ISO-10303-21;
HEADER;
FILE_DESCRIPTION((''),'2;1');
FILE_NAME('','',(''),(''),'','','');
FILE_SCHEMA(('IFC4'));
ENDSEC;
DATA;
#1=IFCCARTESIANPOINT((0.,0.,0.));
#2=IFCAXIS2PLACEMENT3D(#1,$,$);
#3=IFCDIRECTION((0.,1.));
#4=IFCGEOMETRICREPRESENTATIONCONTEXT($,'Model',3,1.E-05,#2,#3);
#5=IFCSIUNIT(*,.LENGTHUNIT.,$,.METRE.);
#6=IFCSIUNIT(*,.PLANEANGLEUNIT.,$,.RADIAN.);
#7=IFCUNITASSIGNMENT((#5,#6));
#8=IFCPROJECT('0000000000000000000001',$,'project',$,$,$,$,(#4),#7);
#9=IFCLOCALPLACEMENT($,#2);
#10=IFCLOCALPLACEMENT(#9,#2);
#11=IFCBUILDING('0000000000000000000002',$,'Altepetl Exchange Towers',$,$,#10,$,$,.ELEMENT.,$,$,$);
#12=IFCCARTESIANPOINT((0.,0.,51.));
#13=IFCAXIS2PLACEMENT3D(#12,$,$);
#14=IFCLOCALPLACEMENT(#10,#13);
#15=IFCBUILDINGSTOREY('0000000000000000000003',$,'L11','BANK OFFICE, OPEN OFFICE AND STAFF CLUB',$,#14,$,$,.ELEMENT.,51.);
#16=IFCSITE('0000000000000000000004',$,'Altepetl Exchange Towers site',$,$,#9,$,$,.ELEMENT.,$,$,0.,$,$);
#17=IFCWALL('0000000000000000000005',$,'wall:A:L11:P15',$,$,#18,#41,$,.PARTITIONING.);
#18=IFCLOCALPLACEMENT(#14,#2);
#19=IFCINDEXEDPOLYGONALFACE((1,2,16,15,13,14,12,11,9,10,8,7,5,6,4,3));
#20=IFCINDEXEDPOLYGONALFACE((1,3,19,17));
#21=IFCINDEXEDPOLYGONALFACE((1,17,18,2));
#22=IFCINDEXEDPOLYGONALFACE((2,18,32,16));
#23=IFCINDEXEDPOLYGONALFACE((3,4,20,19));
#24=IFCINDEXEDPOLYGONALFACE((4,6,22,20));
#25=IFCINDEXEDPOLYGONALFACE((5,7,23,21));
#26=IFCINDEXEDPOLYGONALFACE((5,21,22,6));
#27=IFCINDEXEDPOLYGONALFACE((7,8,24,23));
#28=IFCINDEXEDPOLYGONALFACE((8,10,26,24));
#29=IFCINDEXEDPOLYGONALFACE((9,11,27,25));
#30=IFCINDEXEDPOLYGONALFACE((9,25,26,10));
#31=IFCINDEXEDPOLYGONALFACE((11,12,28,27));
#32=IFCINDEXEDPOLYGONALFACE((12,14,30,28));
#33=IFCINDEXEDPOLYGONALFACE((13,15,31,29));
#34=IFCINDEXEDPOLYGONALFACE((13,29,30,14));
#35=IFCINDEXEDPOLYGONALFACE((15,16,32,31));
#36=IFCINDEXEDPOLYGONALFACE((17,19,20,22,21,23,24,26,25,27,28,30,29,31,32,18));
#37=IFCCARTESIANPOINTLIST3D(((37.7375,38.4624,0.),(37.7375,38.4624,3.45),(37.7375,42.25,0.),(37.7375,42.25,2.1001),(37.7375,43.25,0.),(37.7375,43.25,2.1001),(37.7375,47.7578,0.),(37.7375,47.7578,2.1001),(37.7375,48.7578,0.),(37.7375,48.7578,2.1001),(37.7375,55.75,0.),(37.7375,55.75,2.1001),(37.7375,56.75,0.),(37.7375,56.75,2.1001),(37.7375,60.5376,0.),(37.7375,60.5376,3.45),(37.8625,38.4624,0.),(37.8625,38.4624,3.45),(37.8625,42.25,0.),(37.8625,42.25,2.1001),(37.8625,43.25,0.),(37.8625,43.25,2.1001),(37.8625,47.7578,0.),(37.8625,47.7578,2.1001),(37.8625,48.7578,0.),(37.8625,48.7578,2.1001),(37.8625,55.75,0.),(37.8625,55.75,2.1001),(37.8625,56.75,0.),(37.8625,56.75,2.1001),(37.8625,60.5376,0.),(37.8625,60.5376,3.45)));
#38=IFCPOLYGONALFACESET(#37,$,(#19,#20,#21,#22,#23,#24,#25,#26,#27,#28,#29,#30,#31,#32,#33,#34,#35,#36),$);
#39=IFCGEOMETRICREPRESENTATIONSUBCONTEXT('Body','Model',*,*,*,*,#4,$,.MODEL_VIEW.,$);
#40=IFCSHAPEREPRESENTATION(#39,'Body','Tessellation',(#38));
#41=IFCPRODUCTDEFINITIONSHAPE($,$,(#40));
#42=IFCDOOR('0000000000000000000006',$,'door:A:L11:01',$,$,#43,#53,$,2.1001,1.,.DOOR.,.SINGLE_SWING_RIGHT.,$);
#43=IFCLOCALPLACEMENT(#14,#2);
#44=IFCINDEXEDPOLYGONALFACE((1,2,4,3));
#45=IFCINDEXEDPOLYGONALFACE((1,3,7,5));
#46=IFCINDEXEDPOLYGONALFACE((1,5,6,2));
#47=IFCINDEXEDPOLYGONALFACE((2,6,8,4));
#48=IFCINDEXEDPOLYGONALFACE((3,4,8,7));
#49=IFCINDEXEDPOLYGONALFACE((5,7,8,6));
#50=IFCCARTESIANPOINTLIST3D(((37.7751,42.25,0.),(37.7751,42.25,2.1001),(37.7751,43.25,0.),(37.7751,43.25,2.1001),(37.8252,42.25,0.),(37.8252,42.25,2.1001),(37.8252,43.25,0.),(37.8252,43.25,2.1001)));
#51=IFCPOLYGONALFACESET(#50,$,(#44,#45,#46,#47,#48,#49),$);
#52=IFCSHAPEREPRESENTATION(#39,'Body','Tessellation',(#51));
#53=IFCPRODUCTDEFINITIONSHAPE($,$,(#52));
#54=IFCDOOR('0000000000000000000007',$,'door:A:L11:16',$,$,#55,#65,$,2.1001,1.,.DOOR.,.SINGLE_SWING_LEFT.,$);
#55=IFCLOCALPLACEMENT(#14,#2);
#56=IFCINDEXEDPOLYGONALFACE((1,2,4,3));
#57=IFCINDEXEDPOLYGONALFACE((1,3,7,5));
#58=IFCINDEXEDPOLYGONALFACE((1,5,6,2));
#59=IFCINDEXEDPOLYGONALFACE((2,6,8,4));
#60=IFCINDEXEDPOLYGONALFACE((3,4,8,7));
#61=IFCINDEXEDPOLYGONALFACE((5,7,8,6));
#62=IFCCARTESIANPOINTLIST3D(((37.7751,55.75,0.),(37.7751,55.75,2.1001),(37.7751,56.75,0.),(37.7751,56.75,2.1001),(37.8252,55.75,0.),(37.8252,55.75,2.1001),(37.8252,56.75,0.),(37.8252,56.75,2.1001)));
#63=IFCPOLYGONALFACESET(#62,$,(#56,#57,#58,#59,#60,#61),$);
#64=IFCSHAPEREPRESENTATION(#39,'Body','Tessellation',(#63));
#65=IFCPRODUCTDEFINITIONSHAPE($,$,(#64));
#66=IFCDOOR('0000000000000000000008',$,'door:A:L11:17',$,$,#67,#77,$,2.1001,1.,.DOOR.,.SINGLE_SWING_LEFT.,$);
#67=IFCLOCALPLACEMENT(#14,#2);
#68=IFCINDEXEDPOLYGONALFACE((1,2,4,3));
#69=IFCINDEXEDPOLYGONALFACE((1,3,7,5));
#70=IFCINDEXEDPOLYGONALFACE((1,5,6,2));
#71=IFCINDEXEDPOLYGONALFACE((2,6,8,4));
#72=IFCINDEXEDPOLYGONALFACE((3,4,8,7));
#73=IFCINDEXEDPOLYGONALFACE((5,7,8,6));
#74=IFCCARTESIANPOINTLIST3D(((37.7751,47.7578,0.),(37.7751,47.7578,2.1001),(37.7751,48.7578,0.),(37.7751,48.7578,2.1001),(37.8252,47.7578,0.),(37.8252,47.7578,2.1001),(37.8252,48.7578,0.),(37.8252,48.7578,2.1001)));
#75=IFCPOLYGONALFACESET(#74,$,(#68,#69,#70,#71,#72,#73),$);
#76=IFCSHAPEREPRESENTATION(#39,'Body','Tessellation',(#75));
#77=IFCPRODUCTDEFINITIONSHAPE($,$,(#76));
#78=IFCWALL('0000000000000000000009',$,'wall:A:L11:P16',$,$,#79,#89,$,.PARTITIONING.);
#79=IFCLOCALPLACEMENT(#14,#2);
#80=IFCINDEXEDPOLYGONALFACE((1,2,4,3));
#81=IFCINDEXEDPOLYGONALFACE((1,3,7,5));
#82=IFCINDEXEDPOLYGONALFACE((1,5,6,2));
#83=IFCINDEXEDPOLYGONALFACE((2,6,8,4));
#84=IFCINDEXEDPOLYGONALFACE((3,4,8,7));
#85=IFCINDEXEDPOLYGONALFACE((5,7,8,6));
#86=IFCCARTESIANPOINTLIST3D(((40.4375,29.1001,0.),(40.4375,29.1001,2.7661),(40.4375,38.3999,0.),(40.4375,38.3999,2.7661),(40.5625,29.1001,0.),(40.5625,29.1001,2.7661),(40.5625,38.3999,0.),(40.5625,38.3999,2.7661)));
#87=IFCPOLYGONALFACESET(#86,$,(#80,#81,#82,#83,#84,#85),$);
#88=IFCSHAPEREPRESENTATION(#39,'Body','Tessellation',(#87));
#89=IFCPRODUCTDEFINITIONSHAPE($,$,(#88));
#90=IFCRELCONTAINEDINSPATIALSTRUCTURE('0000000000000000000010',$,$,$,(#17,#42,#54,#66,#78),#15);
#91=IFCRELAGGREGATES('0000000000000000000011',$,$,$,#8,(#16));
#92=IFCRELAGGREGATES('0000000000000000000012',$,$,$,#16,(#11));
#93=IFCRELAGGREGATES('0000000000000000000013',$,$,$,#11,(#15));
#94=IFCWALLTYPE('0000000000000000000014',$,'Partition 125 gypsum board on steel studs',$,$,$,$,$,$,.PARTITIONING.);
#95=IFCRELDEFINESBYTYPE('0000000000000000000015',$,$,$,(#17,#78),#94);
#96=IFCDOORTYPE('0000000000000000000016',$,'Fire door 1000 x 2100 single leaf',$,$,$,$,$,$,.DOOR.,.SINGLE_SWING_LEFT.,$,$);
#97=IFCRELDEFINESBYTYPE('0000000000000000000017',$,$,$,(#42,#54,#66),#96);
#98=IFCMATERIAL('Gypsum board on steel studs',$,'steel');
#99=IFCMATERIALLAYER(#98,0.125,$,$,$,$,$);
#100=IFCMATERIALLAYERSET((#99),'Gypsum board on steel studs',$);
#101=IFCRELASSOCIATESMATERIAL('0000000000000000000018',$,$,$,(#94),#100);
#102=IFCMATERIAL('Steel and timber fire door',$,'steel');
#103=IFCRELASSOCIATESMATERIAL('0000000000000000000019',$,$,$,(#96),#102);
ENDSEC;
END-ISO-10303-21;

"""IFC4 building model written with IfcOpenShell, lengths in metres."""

from ifc_helpers import new_model, si_unit, direction, frame, frame_2d, origin, place, context, subcontext, project, spatial, rectangle, extrude, material, layer, layer_set, type_object, element, fill, save


model = new_model("IFC4")

# Units and contexts
model_context = context("Model", 3, precision=1e-05, world=origin(), true_north=direction((0.0, 1.0)))
body_context = subcontext(model_context, "Body", "Model", "MODEL_VIEW")
ifc_project = project(units=[si_unit("LENGTHUNIT", "METRE"), si_unit("PLANEANGLEUNIT", "RADIAN")], contexts=[model_context])

# Site, building, storey
site_placement = place(None, origin())
site = spatial("IfcSite", under=ifc_project, at=site_placement, Name="Altepetl Exchange Towers site", CompositionType="ELEMENT", RefElevation=0.0)
building_placement = place(site_placement, origin())
building = spatial("IfcBuilding", under=site, at=building_placement, Name="Altepetl Exchange Towers", CompositionType="ELEMENT")
storey_placement = place(building_placement, frame((0.0, 0.0, 51.0)))
storey = spatial("IfcBuildingStorey", under=building, at=storey_placement, Name="L11", Description="BANK OFFICE, OPEN OFFICE AND STAFF CLUB", CompositionType="ELEMENT", Elevation=51.0)

# Shared definitions
ifc_material_1 = material(Name="Steel and timber fire door", Category="steel")
ifc_material_2 = material(Name="Gypsum board on steel studs", Category="steel")
ifc_layer_1 = layer(ifc_material_2, 0.125)
ifc_layer_set_1 = layer_set([ifc_layer_1], Name="Gypsum board on steel studs")
wall_type_1 = type_object("IfcWallType", Name="Partition 125 gypsum board on steel studs", PredefinedType="PARTITIONING", material=ifc_layer_set_1)
door_type_1 = type_object("IfcDoorType", Name="Fire door 1000 x 2100 single leaf", OperationType="SINGLE_SWING_LEFT", PredefinedType="DOOR", material=ifc_material_1)

# Wall, openings, doors
wall_1_placement = place(storey_placement, frame((37.8, 38.4624, 0.0), z_axis=(0.0, 0.0, 1.0), x_axis=(0.0, 1.0, 0.0)))
wall_1 = element("IfcWall", 1, at=wall_1_placement, inside=storey, type_object=wall_type_1, Name="wall:A:L11:P15", PredefinedType="PARTITIONING", context=body_context, shape_type="SweptSolid", body=[
    extrude(rectangle(XDim=22.0752, YDim=0.125, at=frame_2d((11.0376, 0.0))), origin(), (0.0, 0.0, 1.0), 3.45),
])
opening_1_placement = place(wall_1_placement, frame((3.7876, 0.0, 0.0)))
opening_1 = element("IfcOpeningElement", 2, at=opening_1_placement, cuts=wall_1, PredefinedType="OPENING", context=body_context, shape_type="SweptSolid", body=[
    extrude(rectangle(XDim=1.0, YDim=2.1001, at=frame_2d((0.5, 1.05))), frame((0.0, 0.0725, 0.0), z_axis=(0.0, -1.0, 0.0), x_axis=(1.0, 0.0, 0.0)), (0.0, 0.0, 1.0), 0.145),
])
opening_2_placement = place(wall_1_placement, frame((17.2876, 0.0, 0.0)))
opening_2 = element("IfcOpeningElement", 3, at=opening_2_placement, cuts=wall_1, PredefinedType="OPENING", context=body_context, shape_type="SweptSolid", body=[
    extrude(rectangle(XDim=1.0, YDim=2.1001, at=frame_2d((0.5, 1.05))), frame((0.0, 0.0725, 0.0), z_axis=(0.0, -1.0, 0.0), x_axis=(1.0, 0.0, 0.0)), (0.0, 0.0, 1.0), 0.145),
])
opening_3_placement = place(wall_1_placement, frame((9.2954, 0.0, 0.0)))
opening_3 = element("IfcOpeningElement", 4, at=opening_3_placement, cuts=wall_1, PredefinedType="OPENING", context=body_context, shape_type="SweptSolid", body=[
    extrude(rectangle(XDim=1.0, YDim=2.1001, at=frame_2d((0.5, 1.05))), frame((0.0, 0.0725, 0.0), z_axis=(0.0, -1.0, 0.0), x_axis=(1.0, 0.0, 0.0)), (0.0, 0.0, 1.0), 0.145),
])
door_1_placement = place(opening_1_placement, origin())
door_1 = element("IfcDoor", 5, at=door_1_placement, inside=storey, type_object=door_type_1, Name="door:A:L11:01", OperationType="SINGLE_SWING_RIGHT", OverallHeight=2.1001, OverallWidth=1.0, PredefinedType="DOOR", context=body_context, shape_type="SweptSolid", body=[
    extrude(rectangle(XDim=1.0, YDim=2.1001, at=frame_2d((0.5, 1.05))), frame((0.0, 0.0249, 0.0), z_axis=(0.0, -1.0, 0.0), x_axis=(1.0, 0.0, 0.0)), (0.0, 0.0, 1.0), 0.05),
])
fill(opening_1, door_1)
door_2_placement = place(opening_2_placement, origin())
door_2 = element("IfcDoor", 6, at=door_2_placement, inside=storey, type_object=door_type_1, Name="door:A:L11:16", OperationType="SINGLE_SWING_LEFT", OverallHeight=2.1001, OverallWidth=1.0, PredefinedType="DOOR", context=body_context, shape_type="SweptSolid", body=[
    extrude(rectangle(XDim=1.0, YDim=2.1001, at=frame_2d((0.5, 1.05))), frame((0.0, 0.0249, 0.0), z_axis=(0.0, -1.0, 0.0), x_axis=(1.0, 0.0, 0.0)), (0.0, 0.0, 1.0), 0.05),
])
fill(opening_2, door_2)
door_3_placement = place(opening_3_placement, origin())
door_3 = element("IfcDoor", 7, at=door_3_placement, inside=storey, type_object=door_type_1, Name="door:A:L11:17", OperationType="SINGLE_SWING_LEFT", OverallHeight=2.1001, OverallWidth=1.0, PredefinedType="DOOR", context=body_context, shape_type="SweptSolid", body=[
    extrude(rectangle(XDim=1.0, YDim=2.1001, at=frame_2d((0.5, 1.05))), frame((0.0, 0.0249, 0.0), z_axis=(0.0, -1.0, 0.0), x_axis=(1.0, 0.0, 0.0)), (0.0, 0.0, 1.0), 0.05),
])
fill(opening_3, door_3)

# Wall
wall_2_placement = place(storey_placement, frame((40.5, 29.1001, 0.0), z_axis=(0.0, 0.0, 1.0), x_axis=(0.0, 1.0, 0.0)))
element("IfcWall", 8, at=wall_2_placement, inside=storey, type_object=wall_type_1, Name="wall:A:L11:P16", PredefinedType="PARTITIONING", context=body_context, shape_type="SweptSolid", body=[
    extrude(rectangle(XDim=9.2998, YDim=0.125, at=frame_2d((4.6499, 0.0))), origin(), (0.0, 0.0, 1.0), 2.7661),
])

save(model, "model.ifc")
